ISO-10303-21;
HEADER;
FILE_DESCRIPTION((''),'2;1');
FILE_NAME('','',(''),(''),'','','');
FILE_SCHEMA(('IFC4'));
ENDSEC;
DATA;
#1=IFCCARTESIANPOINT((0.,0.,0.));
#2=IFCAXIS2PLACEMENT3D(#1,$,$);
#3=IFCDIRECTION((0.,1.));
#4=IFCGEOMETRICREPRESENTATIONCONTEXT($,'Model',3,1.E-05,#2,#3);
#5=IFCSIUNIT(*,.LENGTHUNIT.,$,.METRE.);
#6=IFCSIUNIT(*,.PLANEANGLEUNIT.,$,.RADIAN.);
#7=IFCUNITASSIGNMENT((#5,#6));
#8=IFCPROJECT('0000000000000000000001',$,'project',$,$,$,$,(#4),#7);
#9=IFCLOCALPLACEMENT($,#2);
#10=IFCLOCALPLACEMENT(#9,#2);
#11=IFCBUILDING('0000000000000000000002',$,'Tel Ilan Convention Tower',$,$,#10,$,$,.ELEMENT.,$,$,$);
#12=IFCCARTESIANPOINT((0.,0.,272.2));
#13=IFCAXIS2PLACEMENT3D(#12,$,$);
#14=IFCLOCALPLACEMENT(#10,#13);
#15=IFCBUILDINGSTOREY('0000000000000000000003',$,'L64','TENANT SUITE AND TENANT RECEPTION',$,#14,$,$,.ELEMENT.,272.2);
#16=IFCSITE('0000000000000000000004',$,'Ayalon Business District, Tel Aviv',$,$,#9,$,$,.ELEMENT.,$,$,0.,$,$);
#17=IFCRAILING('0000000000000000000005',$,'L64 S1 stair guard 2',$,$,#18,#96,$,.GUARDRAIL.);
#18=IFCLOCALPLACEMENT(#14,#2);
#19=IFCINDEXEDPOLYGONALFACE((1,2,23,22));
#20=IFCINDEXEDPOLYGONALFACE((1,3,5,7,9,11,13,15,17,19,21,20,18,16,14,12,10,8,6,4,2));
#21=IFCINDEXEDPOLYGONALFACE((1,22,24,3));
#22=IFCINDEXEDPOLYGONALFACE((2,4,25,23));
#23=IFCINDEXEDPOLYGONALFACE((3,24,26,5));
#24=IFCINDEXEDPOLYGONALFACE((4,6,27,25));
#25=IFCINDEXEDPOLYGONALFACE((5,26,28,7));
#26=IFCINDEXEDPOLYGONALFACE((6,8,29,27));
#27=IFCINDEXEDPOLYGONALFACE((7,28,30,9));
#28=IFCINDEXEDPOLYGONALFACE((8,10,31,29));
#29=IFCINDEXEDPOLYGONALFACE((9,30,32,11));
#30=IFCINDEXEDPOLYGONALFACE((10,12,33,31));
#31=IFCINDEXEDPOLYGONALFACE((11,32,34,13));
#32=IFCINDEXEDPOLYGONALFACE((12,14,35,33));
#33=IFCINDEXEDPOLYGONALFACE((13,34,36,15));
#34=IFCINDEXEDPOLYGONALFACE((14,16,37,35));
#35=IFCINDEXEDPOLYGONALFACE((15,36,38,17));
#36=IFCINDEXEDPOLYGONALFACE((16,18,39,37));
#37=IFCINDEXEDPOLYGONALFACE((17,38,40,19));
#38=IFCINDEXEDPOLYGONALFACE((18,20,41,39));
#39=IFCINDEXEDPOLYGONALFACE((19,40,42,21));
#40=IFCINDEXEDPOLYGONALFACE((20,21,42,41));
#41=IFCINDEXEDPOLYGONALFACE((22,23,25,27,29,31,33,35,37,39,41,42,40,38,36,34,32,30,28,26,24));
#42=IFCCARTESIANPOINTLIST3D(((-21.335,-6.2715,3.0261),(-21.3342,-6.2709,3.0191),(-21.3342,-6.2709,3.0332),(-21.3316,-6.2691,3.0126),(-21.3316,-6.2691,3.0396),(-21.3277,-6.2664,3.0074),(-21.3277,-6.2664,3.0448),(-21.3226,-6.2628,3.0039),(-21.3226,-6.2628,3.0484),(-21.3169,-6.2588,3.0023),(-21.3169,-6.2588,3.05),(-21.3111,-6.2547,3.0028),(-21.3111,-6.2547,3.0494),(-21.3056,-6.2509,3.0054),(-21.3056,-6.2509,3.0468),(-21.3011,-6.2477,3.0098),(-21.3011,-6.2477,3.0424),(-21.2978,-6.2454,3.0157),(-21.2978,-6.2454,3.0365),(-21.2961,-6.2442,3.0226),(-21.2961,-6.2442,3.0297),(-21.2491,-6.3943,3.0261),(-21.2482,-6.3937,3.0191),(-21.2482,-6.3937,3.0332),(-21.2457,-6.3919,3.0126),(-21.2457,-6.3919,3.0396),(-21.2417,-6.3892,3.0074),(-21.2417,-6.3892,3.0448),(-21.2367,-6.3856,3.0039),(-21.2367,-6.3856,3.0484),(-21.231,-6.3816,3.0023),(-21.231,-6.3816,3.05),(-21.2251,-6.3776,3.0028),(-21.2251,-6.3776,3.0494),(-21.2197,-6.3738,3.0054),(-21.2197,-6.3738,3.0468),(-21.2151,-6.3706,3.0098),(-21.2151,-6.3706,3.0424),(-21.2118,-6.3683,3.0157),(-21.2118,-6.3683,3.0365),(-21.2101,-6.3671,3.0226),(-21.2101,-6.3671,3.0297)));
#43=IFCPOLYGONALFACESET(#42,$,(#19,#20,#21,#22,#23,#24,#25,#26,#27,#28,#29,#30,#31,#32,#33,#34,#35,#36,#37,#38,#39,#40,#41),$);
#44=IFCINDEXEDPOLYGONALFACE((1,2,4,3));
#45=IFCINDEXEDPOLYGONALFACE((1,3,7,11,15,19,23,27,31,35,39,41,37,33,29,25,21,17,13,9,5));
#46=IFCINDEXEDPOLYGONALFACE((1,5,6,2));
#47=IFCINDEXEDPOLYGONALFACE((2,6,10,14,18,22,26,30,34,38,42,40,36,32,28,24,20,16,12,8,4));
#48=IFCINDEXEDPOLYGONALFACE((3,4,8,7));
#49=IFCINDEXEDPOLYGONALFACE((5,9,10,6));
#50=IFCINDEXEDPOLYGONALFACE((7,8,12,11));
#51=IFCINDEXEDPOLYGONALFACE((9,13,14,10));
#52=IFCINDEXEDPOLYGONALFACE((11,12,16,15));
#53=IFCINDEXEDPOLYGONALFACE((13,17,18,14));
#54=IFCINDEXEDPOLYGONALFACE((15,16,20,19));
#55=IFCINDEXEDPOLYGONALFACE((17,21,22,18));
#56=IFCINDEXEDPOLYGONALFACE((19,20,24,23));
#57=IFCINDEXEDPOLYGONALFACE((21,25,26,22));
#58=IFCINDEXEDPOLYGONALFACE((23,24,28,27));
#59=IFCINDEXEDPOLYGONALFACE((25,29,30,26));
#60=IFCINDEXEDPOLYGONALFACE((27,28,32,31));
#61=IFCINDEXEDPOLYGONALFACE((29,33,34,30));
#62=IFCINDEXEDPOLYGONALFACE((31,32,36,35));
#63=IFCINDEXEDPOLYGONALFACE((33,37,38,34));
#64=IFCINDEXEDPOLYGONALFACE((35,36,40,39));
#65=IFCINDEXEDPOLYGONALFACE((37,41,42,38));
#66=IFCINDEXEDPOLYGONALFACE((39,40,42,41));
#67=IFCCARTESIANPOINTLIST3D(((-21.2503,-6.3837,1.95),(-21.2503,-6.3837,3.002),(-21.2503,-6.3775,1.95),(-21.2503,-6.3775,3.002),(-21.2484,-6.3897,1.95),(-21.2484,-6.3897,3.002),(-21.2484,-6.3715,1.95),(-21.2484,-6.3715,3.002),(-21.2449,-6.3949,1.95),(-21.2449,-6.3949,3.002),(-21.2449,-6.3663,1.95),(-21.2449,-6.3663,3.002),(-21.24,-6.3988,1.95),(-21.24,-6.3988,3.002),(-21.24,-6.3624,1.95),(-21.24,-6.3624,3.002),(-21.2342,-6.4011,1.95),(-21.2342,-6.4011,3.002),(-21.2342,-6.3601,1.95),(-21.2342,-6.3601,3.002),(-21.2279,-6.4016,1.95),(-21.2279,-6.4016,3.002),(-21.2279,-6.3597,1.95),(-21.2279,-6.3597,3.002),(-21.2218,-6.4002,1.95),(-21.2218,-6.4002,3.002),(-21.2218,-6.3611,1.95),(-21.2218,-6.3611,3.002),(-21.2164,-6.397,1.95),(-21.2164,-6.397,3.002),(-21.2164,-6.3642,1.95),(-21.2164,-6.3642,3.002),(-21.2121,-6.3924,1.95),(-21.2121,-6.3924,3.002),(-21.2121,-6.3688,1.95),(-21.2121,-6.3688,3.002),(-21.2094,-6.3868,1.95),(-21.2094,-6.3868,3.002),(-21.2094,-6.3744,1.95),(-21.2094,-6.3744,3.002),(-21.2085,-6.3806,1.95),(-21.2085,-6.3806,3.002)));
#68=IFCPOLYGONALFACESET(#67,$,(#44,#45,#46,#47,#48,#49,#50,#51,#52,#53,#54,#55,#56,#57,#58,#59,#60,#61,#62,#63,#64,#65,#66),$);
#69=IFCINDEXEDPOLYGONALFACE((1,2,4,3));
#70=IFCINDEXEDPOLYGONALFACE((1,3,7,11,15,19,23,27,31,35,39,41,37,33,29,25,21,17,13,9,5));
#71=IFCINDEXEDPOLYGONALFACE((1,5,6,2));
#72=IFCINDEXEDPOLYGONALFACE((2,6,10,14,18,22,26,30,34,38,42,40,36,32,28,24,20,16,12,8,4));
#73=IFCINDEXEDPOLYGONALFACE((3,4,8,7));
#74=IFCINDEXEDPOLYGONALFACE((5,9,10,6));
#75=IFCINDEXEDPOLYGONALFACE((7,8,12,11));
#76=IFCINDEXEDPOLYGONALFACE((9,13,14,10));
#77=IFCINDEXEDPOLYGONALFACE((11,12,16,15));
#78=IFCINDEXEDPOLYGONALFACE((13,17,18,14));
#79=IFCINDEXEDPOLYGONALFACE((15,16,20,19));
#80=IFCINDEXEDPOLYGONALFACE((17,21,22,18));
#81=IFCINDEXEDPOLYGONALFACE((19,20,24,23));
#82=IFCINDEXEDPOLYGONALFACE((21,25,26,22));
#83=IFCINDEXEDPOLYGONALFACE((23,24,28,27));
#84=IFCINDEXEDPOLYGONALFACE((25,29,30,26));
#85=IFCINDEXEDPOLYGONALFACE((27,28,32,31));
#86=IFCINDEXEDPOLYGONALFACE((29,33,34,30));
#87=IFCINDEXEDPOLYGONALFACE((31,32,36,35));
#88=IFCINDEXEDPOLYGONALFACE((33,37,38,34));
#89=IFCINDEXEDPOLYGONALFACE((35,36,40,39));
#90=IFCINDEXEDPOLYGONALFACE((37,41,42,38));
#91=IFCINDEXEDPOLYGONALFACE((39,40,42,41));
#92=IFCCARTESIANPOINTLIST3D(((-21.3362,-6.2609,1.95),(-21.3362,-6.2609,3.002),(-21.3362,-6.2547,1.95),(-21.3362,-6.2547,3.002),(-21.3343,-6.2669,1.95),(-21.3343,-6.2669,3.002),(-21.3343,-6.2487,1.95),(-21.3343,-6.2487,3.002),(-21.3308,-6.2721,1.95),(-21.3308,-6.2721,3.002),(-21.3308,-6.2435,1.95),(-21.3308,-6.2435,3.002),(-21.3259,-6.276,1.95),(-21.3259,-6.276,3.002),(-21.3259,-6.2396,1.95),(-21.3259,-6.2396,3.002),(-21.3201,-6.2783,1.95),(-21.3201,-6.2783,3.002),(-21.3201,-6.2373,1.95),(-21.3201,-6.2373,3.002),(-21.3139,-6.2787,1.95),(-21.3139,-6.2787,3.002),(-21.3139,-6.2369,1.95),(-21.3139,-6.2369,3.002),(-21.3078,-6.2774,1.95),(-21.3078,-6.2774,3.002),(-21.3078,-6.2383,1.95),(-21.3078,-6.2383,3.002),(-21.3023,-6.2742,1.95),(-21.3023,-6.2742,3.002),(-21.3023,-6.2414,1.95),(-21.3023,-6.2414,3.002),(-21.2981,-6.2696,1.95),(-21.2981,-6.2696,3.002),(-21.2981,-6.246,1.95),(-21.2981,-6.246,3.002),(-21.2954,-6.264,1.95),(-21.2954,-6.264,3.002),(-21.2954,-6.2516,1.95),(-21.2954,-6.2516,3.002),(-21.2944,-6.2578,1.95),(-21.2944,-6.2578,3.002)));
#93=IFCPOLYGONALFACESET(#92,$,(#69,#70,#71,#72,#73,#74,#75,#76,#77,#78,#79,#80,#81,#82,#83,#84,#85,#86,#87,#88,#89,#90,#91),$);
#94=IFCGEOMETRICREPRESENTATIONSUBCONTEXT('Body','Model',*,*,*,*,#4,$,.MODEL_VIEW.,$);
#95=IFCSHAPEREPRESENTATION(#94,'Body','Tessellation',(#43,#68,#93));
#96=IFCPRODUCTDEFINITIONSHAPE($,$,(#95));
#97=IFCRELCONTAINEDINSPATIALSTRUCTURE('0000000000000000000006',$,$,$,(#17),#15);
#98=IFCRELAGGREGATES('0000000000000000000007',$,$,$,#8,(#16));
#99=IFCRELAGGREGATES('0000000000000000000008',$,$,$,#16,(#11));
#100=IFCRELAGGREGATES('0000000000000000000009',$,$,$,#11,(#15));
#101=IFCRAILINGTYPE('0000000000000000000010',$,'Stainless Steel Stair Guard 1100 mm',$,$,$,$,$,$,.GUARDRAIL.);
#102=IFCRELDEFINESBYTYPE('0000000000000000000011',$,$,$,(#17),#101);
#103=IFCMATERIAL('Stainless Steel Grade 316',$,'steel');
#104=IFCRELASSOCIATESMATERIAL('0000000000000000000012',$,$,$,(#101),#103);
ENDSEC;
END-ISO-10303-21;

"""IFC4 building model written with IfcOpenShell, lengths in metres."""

from ifc_helpers import new_model, si_unit, direction, frame, origin, origin_2d, place, context, subcontext, project, spatial, circle, extrude, material, type_object, element, save


model = new_model("IFC4")

# Units and contexts
model_context = context("Model", 3, precision=1e-05, world=origin(), true_north=direction((0.0, 1.0)))
body_context = subcontext(model_context, "Body", "Model", "MODEL_VIEW")
ifc_project = project(units=[si_unit("LENGTHUNIT", "METRE"), si_unit("PLANEANGLEUNIT", "RADIAN")], contexts=[model_context])

# Site, building, storey
site_placement = place(None, origin())
site = spatial("IfcSite", under=ifc_project, at=site_placement, Name="Ayalon Business District, Tel Aviv", CompositionType="ELEMENT", RefElevation=0.0)
building_placement = place(site_placement, origin())
building = spatial("IfcBuilding", under=site, at=building_placement, Name="Tel Ilan Convention Tower", CompositionType="ELEMENT")
storey_placement = place(building_placement, frame((0.0, 0.0, 272.2)))
storey = spatial("IfcBuildingStorey", under=building, at=storey_placement, Name="L64", Description="TENANT SUITE AND TENANT RECEPTION", CompositionType="ELEMENT", Elevation=272.2)

# Railing
ifc_material_1 = material(Name="Stainless Steel Grade 316", Category="steel")
railing_type_1 = type_object("IfcRailingType", Name="Stainless Steel Stair Guard 1100 mm", PredefinedType="GUARDRAIL", material=ifc_material_1)
railing_1_placement = place(storey_placement, frame((-21.2295, -6.3806, 1.95)))
element("IfcRailing", 1, at=railing_1_placement, inside=storey, type_object=railing_type_1, Name="L64 S1 stair guard 2", PredefinedType="GUARDRAIL", context=body_context, shape_type="SweptSolid", body=[
    extrude(circle(Radius=0.0239, at=origin_2d()), frame((0.0, 0.0, 1.0762), z_axis=(-0.573353, 0.819308, 0.0), x_axis=(-0.819308, -0.573353, 0.0)), (0.0, 0.0, 1.0), 0.1499),
    extrude(circle(Radius=0.021, at=origin_2d()), origin(), (0.0, 0.0, 1.0), 1.052),
    extrude(circle(Radius=0.021, at=origin_2d()), frame((-0.0859, 0.1228, 0.0)), (0.0, 0.0, 1.0), 1.052),
])

save(model, "model.ifc")
